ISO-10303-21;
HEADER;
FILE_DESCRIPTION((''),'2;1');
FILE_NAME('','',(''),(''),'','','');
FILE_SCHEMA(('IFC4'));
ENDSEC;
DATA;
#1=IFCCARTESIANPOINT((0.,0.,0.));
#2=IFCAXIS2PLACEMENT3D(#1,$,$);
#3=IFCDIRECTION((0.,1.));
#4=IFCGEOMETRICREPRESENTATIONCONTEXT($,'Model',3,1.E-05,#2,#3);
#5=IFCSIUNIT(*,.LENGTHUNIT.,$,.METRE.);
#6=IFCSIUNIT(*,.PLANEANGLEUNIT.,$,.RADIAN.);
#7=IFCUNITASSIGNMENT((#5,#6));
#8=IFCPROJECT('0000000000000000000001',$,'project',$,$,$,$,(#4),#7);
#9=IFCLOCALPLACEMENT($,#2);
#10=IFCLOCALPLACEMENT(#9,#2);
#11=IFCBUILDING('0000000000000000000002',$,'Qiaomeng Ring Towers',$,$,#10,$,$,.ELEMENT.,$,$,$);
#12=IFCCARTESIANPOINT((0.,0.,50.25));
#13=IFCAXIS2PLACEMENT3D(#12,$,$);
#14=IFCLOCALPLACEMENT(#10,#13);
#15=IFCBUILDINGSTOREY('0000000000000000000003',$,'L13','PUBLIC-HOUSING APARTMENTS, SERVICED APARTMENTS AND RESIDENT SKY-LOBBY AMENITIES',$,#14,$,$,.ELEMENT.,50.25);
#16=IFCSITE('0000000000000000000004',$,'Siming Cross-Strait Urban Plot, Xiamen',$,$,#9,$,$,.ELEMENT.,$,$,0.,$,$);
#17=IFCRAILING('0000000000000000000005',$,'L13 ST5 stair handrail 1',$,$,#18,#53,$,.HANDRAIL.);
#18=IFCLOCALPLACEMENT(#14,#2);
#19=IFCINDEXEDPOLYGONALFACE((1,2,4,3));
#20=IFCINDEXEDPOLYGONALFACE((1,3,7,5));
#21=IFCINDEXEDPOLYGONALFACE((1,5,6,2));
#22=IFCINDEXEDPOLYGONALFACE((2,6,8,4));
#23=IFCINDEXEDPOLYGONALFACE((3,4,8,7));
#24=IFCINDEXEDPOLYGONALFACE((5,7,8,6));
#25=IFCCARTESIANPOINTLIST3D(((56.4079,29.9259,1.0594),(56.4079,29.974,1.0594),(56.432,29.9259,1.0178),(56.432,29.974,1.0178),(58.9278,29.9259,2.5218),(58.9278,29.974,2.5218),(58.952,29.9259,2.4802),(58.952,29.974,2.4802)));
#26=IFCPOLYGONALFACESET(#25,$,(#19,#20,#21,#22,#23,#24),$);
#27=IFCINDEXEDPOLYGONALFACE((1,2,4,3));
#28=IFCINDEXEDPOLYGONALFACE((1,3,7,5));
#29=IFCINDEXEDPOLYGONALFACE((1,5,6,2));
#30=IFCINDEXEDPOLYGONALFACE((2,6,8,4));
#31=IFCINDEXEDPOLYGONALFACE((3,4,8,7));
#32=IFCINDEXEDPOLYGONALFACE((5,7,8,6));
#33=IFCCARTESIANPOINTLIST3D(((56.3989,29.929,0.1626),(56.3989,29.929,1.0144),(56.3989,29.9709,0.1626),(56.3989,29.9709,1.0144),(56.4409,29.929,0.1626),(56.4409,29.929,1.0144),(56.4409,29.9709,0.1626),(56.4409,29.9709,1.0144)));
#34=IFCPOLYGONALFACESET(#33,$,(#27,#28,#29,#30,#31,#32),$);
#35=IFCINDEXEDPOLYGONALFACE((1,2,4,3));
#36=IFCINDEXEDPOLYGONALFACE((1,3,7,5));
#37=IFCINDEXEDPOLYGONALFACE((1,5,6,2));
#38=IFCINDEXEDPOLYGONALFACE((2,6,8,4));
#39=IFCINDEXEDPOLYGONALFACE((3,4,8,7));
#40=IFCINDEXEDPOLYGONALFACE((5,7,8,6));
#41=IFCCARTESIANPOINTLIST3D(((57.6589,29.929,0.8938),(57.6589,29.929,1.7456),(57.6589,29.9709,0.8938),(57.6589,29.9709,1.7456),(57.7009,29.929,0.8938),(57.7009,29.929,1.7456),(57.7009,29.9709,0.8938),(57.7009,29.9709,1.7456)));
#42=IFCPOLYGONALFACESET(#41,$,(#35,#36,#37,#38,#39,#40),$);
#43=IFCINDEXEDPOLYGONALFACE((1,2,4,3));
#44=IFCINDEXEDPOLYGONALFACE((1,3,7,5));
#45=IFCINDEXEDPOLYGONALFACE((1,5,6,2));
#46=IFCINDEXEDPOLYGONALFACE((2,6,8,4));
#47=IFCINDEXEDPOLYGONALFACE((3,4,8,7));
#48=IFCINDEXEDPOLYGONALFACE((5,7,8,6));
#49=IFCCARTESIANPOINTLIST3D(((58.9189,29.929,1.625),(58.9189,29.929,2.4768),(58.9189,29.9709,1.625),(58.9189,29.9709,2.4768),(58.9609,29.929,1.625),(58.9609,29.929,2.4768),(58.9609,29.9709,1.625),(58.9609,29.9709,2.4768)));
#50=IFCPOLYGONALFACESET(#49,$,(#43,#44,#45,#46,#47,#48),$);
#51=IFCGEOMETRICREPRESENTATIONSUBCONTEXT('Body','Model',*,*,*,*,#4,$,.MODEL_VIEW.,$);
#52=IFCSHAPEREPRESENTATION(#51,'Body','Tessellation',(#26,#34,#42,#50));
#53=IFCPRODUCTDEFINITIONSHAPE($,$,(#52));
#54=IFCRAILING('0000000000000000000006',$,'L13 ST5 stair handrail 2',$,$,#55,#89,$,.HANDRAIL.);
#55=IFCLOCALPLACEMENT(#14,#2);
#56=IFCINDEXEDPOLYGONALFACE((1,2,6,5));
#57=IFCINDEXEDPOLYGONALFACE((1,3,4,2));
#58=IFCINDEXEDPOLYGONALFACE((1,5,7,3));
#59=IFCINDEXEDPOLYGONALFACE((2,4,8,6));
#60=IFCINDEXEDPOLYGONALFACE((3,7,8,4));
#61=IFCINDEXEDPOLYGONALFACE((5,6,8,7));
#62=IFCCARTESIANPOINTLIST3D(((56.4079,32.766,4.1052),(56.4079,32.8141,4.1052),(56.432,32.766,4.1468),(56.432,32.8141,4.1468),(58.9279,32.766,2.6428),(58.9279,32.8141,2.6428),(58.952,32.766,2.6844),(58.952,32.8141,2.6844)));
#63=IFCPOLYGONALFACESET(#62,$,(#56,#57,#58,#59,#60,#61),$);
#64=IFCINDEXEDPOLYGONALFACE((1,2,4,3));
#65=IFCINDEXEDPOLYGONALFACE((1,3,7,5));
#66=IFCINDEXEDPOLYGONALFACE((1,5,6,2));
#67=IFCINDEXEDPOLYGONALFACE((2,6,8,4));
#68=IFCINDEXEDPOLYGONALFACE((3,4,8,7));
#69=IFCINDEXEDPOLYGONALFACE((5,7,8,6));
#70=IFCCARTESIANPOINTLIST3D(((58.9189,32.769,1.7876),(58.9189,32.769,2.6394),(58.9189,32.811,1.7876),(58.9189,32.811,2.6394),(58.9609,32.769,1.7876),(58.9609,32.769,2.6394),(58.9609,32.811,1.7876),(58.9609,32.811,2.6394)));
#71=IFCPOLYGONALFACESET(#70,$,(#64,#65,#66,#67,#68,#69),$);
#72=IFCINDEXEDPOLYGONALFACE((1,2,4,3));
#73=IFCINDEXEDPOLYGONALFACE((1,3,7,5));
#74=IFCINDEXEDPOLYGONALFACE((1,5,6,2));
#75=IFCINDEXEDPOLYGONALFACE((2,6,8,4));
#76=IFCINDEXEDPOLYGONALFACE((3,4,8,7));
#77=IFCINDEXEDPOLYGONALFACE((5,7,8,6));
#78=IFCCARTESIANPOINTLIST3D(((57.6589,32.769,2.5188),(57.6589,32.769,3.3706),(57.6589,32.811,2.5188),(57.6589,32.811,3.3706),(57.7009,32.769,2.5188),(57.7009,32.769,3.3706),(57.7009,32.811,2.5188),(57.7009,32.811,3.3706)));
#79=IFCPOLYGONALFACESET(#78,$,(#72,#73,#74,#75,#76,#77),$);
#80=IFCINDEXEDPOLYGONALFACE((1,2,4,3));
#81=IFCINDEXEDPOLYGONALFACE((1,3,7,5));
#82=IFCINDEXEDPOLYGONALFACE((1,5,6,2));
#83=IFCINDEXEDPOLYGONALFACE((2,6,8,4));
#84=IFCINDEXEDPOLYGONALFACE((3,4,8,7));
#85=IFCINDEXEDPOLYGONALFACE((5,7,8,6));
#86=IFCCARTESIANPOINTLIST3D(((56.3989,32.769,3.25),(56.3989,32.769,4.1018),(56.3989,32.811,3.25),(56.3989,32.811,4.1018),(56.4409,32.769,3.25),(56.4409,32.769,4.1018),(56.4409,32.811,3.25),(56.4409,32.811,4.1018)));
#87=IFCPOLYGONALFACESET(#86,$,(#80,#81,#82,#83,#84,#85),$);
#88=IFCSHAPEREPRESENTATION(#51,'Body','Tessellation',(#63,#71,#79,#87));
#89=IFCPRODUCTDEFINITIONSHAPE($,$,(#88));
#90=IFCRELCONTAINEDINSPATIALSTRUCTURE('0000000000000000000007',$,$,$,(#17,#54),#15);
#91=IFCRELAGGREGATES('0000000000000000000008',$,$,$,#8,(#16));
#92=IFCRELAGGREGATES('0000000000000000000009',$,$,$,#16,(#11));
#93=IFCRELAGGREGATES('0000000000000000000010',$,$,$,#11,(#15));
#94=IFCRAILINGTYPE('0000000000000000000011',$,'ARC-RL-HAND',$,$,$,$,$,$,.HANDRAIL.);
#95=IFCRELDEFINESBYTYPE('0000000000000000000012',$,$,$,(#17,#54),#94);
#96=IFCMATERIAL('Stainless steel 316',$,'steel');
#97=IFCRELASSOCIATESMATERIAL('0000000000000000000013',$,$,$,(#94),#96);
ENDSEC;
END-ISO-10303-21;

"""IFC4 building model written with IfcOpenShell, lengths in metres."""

from ifc_helpers import new_model, si_unit, direction, frame, origin, origin_2d, place, context, subcontext, project, spatial, rectangle, extrude, material, type_object, element, save


model = new_model("IFC4")

# Units and contexts
model_context = context("Model", 3, precision=1e-05, world=origin(), true_north=direction((0.0, 1.0)))
body_context = subcontext(model_context, "Body", "Model", "MODEL_VIEW")
ifc_project = project(units=[si_unit("LENGTHUNIT", "METRE"), si_unit("PLANEANGLEUNIT", "RADIAN")], contexts=[model_context])

# Site, building, storey
site_placement = place(None, origin())
site = spatial("IfcSite", under=ifc_project, at=site_placement, Name="Siming Cross-Strait Urban Plot, Xiamen", CompositionType="ELEMENT", RefElevation=0.0)
building_placement = place(site_placement, origin())
building = spatial("IfcBuilding", under=site, at=building_placement, Name="Qiaomeng Ring Towers", CompositionType="ELEMENT")
storey_placement = place(building_placement, frame((0.0, 0.0, 50.25)))
storey = spatial("IfcBuildingStorey", under=building, at=storey_placement, Name="L13", Description="PUBLIC-HOUSING APARTMENTS, SERVICED APARTMENTS AND RESIDENT SKY-LOBBY AMENITIES", CompositionType="ELEMENT", Elevation=50.25)

# Shared definitions
ifc_material_1 = material(Name="Stainless steel 316", Category="steel")

# Railings
railing_type_1 = type_object("IfcRailingType", Name="ARC-RL-HAND", PredefinedType="HANDRAIL", material=ifc_material_1)
railing_1_placement = place(storey_placement, frame((56.4199, 29.95, 0.1626)))
element("IfcRailing", 1, at=railing_1_placement, inside=storey, type_object=railing_type_1, Name="L13 ST5 stair handrail 1", PredefinedType="HANDRAIL", context=body_context, shape_type="SweptSolid", body=[
    extrude(rectangle(XDim=0.0481, YDim=0.0481, at=origin_2d()), frame((0.0, 0.0, 0.876), z_axis=(0.864913, 0.0, 0.501921), x_axis=(0.0, 1.0, 0.0)), (0.0, 0.0, 1.0), 2.9136),
    extrude(rectangle(XDim=0.042, YDim=0.042, at=origin_2d()), origin(), (0.0, 0.0, 1.0), 0.8518),
    extrude(rectangle(XDim=0.042, YDim=0.042, at=origin_2d()), frame((1.26, 0.0, 0.7312)), (0.0, 0.0, 1.0), 0.8518),
    extrude(rectangle(XDim=0.042, YDim=0.042, at=origin_2d()), frame((2.52, 0.0, 1.4624)), (0.0, 0.0, 1.0), 0.8518),
])
railing_2_placement = place(storey_placement, frame((58.9399, 32.79, 1.7876)))
element("IfcRailing", 2, at=railing_2_placement, inside=storey, type_object=railing_type_1, Name="L13 ST5 stair handrail 2", PredefinedType="HANDRAIL", context=body_context, shape_type="SweptSolid", body=[
    extrude(rectangle(XDim=0.0481, YDim=0.0481, at=origin_2d()), frame((0.0, 0.0, 0.876), z_axis=(-0.864913, 0.0, 0.501921), x_axis=(0.0, -1.0, 0.0)), (0.0, 0.0, 1.0), 2.9136),
    extrude(rectangle(XDim=0.042, YDim=0.042, at=origin_2d()), origin(), (0.0, 0.0, 1.0), 0.8518),
    extrude(rectangle(XDim=0.042, YDim=0.042, at=origin_2d()), frame((-1.26, 0.0, 0.7312)), (0.0, 0.0, 1.0), 0.8518),
    extrude(rectangle(XDim=0.042, YDim=0.042, at=origin_2d()), frame((-2.52, 0.0, 1.4624)), (0.0, 0.0, 1.0), 0.8518),
])

save(model, "model.ifc")
